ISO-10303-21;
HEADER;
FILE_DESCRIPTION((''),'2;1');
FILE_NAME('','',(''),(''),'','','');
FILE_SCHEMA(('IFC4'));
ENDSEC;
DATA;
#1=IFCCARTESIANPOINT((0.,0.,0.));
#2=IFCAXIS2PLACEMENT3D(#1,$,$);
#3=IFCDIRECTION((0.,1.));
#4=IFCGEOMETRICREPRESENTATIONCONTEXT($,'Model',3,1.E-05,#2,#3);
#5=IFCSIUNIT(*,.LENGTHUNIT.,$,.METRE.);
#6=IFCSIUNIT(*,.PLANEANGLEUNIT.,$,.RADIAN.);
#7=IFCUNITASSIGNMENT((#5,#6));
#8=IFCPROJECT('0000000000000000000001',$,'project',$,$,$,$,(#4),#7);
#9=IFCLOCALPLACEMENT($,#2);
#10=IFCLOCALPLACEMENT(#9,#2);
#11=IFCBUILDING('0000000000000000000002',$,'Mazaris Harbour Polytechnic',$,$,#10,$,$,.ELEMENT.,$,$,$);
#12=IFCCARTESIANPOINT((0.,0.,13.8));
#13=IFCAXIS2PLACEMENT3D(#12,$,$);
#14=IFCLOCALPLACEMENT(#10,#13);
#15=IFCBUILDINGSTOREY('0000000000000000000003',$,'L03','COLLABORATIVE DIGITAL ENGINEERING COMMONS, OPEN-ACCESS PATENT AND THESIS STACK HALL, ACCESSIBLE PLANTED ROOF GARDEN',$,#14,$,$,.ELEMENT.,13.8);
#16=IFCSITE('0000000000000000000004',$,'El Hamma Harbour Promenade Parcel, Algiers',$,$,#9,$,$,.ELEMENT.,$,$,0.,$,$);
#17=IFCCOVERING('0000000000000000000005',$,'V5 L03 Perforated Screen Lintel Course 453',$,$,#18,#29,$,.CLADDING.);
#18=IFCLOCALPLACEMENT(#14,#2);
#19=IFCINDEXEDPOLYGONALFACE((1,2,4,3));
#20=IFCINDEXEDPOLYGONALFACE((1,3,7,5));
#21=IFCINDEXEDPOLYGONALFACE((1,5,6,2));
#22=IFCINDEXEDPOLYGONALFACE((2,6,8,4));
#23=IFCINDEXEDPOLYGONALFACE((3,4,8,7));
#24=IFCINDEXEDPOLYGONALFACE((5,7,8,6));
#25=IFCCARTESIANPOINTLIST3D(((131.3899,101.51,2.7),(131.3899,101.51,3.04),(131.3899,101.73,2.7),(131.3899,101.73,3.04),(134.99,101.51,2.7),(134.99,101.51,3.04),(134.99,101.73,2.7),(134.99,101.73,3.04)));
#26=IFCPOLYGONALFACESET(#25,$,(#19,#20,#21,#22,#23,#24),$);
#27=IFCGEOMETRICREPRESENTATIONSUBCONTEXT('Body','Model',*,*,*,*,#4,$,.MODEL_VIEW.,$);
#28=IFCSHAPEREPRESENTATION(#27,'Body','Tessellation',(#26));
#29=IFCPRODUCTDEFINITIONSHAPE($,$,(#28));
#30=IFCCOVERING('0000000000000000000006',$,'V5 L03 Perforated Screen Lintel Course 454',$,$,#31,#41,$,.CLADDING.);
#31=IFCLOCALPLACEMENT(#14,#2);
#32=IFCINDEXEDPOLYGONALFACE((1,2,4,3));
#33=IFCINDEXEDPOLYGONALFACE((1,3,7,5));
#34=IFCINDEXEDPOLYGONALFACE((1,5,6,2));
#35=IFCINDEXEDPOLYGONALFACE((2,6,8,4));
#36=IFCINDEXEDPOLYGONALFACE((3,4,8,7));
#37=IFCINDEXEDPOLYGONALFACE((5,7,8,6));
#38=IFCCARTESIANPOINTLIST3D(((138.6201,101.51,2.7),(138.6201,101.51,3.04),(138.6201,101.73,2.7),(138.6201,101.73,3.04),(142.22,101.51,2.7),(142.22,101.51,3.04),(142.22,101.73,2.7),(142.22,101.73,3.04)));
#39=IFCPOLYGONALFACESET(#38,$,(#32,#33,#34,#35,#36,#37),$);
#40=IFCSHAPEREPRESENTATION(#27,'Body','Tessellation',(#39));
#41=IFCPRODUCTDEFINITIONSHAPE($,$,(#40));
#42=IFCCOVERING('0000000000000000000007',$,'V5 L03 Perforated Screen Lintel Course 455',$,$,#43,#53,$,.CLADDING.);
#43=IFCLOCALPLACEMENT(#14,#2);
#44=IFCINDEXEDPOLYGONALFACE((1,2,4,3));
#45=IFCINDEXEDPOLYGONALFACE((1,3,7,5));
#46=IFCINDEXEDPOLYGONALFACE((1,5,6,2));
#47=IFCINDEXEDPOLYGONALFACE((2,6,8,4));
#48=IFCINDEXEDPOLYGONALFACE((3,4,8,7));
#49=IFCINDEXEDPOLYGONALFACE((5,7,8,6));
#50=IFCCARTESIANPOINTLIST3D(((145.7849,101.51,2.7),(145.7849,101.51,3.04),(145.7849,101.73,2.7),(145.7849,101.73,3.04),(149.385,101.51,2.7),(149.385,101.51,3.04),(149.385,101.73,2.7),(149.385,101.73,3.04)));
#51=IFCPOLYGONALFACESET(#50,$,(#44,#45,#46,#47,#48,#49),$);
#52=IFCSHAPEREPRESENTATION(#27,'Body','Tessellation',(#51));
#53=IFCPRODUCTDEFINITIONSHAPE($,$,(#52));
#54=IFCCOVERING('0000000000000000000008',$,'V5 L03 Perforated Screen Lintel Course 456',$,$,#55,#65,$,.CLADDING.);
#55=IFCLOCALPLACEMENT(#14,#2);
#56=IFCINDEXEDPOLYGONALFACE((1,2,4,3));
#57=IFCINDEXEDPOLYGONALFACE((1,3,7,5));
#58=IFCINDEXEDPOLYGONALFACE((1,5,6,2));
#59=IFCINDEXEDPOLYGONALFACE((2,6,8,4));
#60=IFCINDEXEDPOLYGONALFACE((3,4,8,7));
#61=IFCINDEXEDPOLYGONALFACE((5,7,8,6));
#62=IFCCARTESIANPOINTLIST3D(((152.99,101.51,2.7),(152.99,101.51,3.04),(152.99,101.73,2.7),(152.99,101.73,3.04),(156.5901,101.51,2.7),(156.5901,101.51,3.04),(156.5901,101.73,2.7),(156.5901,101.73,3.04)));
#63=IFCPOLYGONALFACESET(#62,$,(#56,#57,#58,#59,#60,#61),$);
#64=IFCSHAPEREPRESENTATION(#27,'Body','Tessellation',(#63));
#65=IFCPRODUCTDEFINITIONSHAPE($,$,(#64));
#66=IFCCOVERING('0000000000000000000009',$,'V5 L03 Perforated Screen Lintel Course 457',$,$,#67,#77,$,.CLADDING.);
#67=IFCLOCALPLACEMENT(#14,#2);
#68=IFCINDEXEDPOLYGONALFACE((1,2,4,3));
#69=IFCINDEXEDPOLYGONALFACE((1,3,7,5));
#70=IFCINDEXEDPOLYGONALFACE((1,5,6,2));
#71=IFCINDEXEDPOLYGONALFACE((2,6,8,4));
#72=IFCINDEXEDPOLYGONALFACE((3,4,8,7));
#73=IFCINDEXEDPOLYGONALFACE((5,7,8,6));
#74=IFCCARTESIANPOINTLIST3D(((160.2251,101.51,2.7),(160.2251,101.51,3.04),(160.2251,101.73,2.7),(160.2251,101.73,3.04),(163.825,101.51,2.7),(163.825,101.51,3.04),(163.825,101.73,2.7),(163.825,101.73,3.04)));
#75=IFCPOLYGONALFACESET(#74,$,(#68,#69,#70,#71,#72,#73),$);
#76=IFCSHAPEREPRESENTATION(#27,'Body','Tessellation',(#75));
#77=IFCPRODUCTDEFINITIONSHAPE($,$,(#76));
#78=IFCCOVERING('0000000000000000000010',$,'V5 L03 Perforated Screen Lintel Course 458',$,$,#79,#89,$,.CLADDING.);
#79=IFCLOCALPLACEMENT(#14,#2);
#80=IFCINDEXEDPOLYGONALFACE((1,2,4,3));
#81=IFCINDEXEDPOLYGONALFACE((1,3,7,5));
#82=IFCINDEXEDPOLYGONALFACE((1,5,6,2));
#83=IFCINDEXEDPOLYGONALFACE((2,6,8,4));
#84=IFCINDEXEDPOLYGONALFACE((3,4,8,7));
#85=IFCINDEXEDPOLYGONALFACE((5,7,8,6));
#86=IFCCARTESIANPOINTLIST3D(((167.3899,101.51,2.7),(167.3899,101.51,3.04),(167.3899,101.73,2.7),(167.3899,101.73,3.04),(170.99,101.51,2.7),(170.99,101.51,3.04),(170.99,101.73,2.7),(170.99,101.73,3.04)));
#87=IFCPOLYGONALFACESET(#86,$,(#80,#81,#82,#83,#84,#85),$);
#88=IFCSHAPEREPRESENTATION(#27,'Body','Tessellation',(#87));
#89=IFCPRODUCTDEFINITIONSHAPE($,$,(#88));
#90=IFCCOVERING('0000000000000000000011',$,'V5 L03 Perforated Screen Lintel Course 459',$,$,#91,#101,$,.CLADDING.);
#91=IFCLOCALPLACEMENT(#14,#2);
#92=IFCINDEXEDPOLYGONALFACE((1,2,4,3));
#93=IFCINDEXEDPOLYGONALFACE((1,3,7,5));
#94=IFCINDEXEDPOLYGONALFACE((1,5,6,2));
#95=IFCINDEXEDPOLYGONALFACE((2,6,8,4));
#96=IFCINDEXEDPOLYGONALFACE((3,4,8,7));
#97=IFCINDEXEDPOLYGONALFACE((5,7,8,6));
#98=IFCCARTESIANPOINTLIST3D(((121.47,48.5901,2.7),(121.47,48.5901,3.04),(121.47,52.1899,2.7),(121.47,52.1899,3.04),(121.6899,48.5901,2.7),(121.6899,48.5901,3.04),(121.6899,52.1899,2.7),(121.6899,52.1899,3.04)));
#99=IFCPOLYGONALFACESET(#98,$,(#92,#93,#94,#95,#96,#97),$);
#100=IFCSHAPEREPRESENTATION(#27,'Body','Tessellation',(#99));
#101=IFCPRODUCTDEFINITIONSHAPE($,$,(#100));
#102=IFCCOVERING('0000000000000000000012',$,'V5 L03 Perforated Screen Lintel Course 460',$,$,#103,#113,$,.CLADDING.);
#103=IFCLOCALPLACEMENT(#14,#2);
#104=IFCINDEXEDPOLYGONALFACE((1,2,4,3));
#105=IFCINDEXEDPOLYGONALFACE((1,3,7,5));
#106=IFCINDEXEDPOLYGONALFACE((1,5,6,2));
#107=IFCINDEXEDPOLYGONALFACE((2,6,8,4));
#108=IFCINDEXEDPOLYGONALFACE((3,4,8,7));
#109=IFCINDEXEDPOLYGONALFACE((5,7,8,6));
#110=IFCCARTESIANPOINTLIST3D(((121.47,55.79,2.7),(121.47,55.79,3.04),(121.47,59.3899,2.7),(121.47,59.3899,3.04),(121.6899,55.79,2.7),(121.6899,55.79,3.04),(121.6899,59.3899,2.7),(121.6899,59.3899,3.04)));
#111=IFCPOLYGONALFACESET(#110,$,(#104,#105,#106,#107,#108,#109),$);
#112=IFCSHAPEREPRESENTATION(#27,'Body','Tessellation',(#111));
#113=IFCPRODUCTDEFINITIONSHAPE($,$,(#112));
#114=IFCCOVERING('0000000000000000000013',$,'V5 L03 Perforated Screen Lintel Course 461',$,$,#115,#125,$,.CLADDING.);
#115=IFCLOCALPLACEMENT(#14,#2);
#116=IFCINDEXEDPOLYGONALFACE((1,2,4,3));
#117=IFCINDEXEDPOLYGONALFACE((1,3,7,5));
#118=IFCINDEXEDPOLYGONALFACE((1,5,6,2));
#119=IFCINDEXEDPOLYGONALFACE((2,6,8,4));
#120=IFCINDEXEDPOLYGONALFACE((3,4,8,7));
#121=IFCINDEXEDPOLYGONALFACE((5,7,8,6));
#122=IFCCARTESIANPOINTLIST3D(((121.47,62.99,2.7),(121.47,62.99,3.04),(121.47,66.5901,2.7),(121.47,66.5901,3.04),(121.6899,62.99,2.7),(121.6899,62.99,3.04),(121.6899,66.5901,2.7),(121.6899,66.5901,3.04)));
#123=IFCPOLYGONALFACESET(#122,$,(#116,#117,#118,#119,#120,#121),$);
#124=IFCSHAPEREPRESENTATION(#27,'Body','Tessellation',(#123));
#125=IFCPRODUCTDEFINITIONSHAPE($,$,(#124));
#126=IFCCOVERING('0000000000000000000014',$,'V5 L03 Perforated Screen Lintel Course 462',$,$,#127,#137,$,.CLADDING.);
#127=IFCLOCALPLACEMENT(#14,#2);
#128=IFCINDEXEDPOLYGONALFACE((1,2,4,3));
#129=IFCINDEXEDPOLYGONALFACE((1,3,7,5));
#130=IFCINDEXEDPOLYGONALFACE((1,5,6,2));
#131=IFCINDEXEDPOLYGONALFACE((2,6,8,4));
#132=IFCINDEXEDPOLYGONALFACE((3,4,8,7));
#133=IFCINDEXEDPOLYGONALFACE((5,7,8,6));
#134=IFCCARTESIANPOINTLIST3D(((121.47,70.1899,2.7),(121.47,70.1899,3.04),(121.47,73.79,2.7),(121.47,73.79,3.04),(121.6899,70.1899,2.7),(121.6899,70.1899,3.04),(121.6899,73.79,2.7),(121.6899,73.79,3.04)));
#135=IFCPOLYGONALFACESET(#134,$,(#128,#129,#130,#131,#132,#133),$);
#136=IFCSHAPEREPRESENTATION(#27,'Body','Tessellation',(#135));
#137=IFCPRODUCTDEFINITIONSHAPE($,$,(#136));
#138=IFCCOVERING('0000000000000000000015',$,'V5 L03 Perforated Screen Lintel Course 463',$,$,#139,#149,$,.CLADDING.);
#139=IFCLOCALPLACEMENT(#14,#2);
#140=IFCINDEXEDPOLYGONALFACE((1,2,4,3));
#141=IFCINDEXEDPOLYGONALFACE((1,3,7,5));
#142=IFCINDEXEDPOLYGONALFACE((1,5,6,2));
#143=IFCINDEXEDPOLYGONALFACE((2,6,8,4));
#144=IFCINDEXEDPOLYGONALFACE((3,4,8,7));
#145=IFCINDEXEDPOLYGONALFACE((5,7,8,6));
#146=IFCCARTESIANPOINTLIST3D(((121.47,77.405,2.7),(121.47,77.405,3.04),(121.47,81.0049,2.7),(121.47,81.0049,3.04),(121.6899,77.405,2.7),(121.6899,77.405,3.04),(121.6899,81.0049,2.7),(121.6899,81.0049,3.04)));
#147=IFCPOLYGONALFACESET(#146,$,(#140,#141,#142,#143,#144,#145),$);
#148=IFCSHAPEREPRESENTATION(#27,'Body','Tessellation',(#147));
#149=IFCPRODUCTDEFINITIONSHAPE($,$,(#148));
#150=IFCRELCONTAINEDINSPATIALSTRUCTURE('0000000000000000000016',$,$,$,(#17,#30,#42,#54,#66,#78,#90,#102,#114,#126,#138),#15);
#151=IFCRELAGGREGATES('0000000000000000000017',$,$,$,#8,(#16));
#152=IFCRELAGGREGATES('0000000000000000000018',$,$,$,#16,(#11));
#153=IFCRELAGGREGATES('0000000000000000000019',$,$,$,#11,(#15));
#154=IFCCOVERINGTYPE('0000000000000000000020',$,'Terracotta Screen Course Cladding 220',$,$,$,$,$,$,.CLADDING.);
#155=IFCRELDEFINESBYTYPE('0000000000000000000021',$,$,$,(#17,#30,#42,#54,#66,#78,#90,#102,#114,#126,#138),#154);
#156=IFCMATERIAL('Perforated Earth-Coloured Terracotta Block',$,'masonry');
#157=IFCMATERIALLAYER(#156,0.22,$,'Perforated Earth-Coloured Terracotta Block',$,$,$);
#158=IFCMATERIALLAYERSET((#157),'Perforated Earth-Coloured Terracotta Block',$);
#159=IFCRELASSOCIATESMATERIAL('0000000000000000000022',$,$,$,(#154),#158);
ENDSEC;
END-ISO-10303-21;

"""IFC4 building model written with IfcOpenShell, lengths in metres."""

from ifc_helpers import new_model, si_unit, direction, frame, origin, place, context, subcontext, project, spatial, polyline, outline, extrude, material, layer, layer_set, type_object, element, save


model = new_model("IFC4")

# Units and contexts
model_context = context("Model", 3, precision=1e-05, world=origin(), true_north=direction((0.0, 1.0)))
body_context = subcontext(model_context, "Body", "Model", "MODEL_VIEW")
ifc_project = project(units=[si_unit("LENGTHUNIT", "METRE"), si_unit("PLANEANGLEUNIT", "RADIAN")], contexts=[model_context])

# Site, building, storey
site_placement = place(None, origin())
site = spatial("IfcSite", under=ifc_project, at=site_placement, Name="El Hamma Harbour Promenade Parcel, Algiers", CompositionType="ELEMENT", RefElevation=0.0)
building_placement = place(site_placement, origin())
building = spatial("IfcBuilding", under=site, at=building_placement, Name="Mazaris Harbour Polytechnic", CompositionType="ELEMENT")
storey_placement = place(building_placement, frame((0.0, 0.0, 13.8)))
storey = spatial("IfcBuildingStorey", under=building, at=storey_placement, Name="L03", Description="COLLABORATIVE DIGITAL ENGINEERING COMMONS, OPEN-ACCESS PATENT AND THESIS STACK HALL, ACCESSIBLE PLANTED ROOF GARDEN", CompositionType="ELEMENT", Elevation=13.8)

# Coverings
ifc_material_1 = material(Name="Perforated Earth-Coloured Terracotta Block", Category="masonry")
ifc_layer_1 = layer(ifc_material_1, 0.22, Name="Perforated Earth-Coloured Terracotta Block")
ifc_layer_set_1 = layer_set([ifc_layer_1], Name="Perforated Earth-Coloured Terracotta Block")
covering_type = type_object("IfcCoveringType", Name="Terracotta Screen Course Cladding 220", PredefinedType="CLADDING", material=ifc_layer_set_1)
covering_1_placement = place(storey_placement, frame((0.0, 0.0, 2.7)))
element("IfcCovering", 1, at=covering_1_placement, inside=storey, type_object=covering_type, Name="V5 L03 Perforated Screen Lintel Course 453", PredefinedType="CLADDING", context=body_context, shape_type="SweptSolid", body=[
    extrude(outline(polyline([(131.3899, 101.51), (134.99, 101.51), (134.99, 101.73), (131.3899, 101.73), (131.3899, 101.51)])), origin(), (0.0, 0.0, 1.0), 0.3401),
])
covering_2_placement = place(storey_placement, frame((0.0, 0.0, 2.7)))
element("IfcCovering", 2, at=covering_2_placement, inside=storey, type_object=covering_type, Name="V5 L03 Perforated Screen Lintel Course 454", PredefinedType="CLADDING", context=body_context, shape_type="SweptSolid", body=[
    extrude(outline(polyline([(138.6201, 101.51), (142.22, 101.51), (142.22, 101.73), (138.6201, 101.73), (138.6201, 101.51)])), origin(), (0.0, 0.0, 1.0), 0.3401),
])
covering_3_placement = place(storey_placement, frame((0.0, 0.0, 2.7)))
element("IfcCovering", 3, at=covering_3_placement, inside=storey, type_object=covering_type, Name="V5 L03 Perforated Screen Lintel Course 455", PredefinedType="CLADDING", context=body_context, shape_type="SweptSolid", body=[
    extrude(outline(polyline([(145.7849, 101.51), (149.385, 101.51), (149.385, 101.73), (145.7849, 101.73), (145.7849, 101.51)])), origin(), (0.0, 0.0, 1.0), 0.3401),
])
covering_4_placement = place(storey_placement, frame((0.0, 0.0, 2.7)))
element("IfcCovering", 4, at=covering_4_placement, inside=storey, type_object=covering_type, Name="V5 L03 Perforated Screen Lintel Course 456", PredefinedType="CLADDING", context=body_context, shape_type="SweptSolid", body=[
    extrude(outline(polyline([(152.99, 101.51), (156.5901, 101.51), (156.5901, 101.73), (152.99, 101.73), (152.99, 101.51)])), origin(), (0.0, 0.0, 1.0), 0.3401),
])
covering_5_placement = place(storey_placement, frame((0.0, 0.0, 2.7)))
element("IfcCovering", 5, at=covering_5_placement, inside=storey, type_object=covering_type, Name="V5 L03 Perforated Screen Lintel Course 457", PredefinedType="CLADDING", context=body_context, shape_type="SweptSolid", body=[
    extrude(outline(polyline([(160.2251, 101.51), (163.825, 101.51), (163.825, 101.73), (160.2251, 101.73), (160.2251, 101.51)])), origin(), (0.0, 0.0, 1.0), 0.3401),
])
covering_6_placement = place(storey_placement, frame((0.0, 0.0, 2.7)))
element("IfcCovering", 6, at=covering_6_placement, inside=storey, type_object=covering_type, Name="V5 L03 Perforated Screen Lintel Course 458", PredefinedType="CLADDING", context=body_context, shape_type="SweptSolid", body=[
    extrude(outline(polyline([(167.3899, 101.51), (170.99, 101.51), (170.99, 101.73), (167.3899, 101.73), (167.3899, 101.51)])), origin(), (0.0, 0.0, 1.0), 0.3401),
])
covering_7_placement = place(storey_placement, frame((0.0, 0.0, 2.7)))
element("IfcCovering", 7, at=covering_7_placement, inside=storey, type_object=covering_type, Name="V5 L03 Perforated Screen Lintel Course 459", PredefinedType="CLADDING", context=body_context, shape_type="SweptSolid", body=[
    extrude(outline(polyline([(121.6899, 48.5901), (121.6899, 52.1899), (121.47, 52.1899), (121.47, 48.5901), (121.6899, 48.5901)])), origin(), (0.0, 0.0, 1.0), 0.3401),
])
covering_8_placement = place(storey_placement, frame((0.0, 0.0, 2.7)))
element("IfcCovering", 8, at=covering_8_placement, inside=storey, type_object=covering_type, Name="V5 L03 Perforated Screen Lintel Course 460", PredefinedType="CLADDING", context=body_context, shape_type="SweptSolid", body=[
    extrude(outline(polyline([(121.6899, 55.79), (121.6899, 59.3899), (121.47, 59.3899), (121.47, 55.79), (121.6899, 55.79)])), origin(), (0.0, 0.0, 1.0), 0.3401),
])
covering_9_placement = place(storey_placement, frame((0.0, 0.0, 2.7)))
element("IfcCovering", 9, at=covering_9_placement, inside=storey, type_object=covering_type, Name="V5 L03 Perforated Screen Lintel Course 461", PredefinedType="CLADDING", context=body_context, shape_type="SweptSolid", body=[
    extrude(outline(polyline([(121.6899, 62.99), (121.6899, 66.5901), (121.47, 66.5901), (121.47, 62.99), (121.6899, 62.99)])), origin(), (0.0, 0.0, 1.0), 0.3401),
])
covering_10_placement = place(storey_placement, frame((0.0, 0.0, 2.7)))
element("IfcCovering", 10, at=covering_10_placement, inside=storey, type_object=covering_type, Name="V5 L03 Perforated Screen Lintel Course 462", PredefinedType="CLADDING", context=body_context, shape_type="SweptSolid", body=[
    extrude(outline(polyline([(121.6899, 70.1899), (121.6899, 73.79), (121.47, 73.79), (121.47, 70.1899), (121.6899, 70.1899)])), origin(), (0.0, 0.0, 1.0), 0.3401),
])
covering_11_placement = place(storey_placement, frame((0.0, 0.0, 2.7)))
element("IfcCovering", 11, at=covering_11_placement, inside=storey, type_object=covering_type, Name="V5 L03 Perforated Screen Lintel Course 463", PredefinedType="CLADDING", context=body_context, shape_type="SweptSolid", body=[
    extrude(outline(polyline([(121.6899, 77.405), (121.6899, 81.0049), (121.47, 81.0049), (121.47, 77.405), (121.6899, 77.405)])), origin(), (0.0, 0.0, 1.0), 0.3401),
])

save(model, "model.ifc")
